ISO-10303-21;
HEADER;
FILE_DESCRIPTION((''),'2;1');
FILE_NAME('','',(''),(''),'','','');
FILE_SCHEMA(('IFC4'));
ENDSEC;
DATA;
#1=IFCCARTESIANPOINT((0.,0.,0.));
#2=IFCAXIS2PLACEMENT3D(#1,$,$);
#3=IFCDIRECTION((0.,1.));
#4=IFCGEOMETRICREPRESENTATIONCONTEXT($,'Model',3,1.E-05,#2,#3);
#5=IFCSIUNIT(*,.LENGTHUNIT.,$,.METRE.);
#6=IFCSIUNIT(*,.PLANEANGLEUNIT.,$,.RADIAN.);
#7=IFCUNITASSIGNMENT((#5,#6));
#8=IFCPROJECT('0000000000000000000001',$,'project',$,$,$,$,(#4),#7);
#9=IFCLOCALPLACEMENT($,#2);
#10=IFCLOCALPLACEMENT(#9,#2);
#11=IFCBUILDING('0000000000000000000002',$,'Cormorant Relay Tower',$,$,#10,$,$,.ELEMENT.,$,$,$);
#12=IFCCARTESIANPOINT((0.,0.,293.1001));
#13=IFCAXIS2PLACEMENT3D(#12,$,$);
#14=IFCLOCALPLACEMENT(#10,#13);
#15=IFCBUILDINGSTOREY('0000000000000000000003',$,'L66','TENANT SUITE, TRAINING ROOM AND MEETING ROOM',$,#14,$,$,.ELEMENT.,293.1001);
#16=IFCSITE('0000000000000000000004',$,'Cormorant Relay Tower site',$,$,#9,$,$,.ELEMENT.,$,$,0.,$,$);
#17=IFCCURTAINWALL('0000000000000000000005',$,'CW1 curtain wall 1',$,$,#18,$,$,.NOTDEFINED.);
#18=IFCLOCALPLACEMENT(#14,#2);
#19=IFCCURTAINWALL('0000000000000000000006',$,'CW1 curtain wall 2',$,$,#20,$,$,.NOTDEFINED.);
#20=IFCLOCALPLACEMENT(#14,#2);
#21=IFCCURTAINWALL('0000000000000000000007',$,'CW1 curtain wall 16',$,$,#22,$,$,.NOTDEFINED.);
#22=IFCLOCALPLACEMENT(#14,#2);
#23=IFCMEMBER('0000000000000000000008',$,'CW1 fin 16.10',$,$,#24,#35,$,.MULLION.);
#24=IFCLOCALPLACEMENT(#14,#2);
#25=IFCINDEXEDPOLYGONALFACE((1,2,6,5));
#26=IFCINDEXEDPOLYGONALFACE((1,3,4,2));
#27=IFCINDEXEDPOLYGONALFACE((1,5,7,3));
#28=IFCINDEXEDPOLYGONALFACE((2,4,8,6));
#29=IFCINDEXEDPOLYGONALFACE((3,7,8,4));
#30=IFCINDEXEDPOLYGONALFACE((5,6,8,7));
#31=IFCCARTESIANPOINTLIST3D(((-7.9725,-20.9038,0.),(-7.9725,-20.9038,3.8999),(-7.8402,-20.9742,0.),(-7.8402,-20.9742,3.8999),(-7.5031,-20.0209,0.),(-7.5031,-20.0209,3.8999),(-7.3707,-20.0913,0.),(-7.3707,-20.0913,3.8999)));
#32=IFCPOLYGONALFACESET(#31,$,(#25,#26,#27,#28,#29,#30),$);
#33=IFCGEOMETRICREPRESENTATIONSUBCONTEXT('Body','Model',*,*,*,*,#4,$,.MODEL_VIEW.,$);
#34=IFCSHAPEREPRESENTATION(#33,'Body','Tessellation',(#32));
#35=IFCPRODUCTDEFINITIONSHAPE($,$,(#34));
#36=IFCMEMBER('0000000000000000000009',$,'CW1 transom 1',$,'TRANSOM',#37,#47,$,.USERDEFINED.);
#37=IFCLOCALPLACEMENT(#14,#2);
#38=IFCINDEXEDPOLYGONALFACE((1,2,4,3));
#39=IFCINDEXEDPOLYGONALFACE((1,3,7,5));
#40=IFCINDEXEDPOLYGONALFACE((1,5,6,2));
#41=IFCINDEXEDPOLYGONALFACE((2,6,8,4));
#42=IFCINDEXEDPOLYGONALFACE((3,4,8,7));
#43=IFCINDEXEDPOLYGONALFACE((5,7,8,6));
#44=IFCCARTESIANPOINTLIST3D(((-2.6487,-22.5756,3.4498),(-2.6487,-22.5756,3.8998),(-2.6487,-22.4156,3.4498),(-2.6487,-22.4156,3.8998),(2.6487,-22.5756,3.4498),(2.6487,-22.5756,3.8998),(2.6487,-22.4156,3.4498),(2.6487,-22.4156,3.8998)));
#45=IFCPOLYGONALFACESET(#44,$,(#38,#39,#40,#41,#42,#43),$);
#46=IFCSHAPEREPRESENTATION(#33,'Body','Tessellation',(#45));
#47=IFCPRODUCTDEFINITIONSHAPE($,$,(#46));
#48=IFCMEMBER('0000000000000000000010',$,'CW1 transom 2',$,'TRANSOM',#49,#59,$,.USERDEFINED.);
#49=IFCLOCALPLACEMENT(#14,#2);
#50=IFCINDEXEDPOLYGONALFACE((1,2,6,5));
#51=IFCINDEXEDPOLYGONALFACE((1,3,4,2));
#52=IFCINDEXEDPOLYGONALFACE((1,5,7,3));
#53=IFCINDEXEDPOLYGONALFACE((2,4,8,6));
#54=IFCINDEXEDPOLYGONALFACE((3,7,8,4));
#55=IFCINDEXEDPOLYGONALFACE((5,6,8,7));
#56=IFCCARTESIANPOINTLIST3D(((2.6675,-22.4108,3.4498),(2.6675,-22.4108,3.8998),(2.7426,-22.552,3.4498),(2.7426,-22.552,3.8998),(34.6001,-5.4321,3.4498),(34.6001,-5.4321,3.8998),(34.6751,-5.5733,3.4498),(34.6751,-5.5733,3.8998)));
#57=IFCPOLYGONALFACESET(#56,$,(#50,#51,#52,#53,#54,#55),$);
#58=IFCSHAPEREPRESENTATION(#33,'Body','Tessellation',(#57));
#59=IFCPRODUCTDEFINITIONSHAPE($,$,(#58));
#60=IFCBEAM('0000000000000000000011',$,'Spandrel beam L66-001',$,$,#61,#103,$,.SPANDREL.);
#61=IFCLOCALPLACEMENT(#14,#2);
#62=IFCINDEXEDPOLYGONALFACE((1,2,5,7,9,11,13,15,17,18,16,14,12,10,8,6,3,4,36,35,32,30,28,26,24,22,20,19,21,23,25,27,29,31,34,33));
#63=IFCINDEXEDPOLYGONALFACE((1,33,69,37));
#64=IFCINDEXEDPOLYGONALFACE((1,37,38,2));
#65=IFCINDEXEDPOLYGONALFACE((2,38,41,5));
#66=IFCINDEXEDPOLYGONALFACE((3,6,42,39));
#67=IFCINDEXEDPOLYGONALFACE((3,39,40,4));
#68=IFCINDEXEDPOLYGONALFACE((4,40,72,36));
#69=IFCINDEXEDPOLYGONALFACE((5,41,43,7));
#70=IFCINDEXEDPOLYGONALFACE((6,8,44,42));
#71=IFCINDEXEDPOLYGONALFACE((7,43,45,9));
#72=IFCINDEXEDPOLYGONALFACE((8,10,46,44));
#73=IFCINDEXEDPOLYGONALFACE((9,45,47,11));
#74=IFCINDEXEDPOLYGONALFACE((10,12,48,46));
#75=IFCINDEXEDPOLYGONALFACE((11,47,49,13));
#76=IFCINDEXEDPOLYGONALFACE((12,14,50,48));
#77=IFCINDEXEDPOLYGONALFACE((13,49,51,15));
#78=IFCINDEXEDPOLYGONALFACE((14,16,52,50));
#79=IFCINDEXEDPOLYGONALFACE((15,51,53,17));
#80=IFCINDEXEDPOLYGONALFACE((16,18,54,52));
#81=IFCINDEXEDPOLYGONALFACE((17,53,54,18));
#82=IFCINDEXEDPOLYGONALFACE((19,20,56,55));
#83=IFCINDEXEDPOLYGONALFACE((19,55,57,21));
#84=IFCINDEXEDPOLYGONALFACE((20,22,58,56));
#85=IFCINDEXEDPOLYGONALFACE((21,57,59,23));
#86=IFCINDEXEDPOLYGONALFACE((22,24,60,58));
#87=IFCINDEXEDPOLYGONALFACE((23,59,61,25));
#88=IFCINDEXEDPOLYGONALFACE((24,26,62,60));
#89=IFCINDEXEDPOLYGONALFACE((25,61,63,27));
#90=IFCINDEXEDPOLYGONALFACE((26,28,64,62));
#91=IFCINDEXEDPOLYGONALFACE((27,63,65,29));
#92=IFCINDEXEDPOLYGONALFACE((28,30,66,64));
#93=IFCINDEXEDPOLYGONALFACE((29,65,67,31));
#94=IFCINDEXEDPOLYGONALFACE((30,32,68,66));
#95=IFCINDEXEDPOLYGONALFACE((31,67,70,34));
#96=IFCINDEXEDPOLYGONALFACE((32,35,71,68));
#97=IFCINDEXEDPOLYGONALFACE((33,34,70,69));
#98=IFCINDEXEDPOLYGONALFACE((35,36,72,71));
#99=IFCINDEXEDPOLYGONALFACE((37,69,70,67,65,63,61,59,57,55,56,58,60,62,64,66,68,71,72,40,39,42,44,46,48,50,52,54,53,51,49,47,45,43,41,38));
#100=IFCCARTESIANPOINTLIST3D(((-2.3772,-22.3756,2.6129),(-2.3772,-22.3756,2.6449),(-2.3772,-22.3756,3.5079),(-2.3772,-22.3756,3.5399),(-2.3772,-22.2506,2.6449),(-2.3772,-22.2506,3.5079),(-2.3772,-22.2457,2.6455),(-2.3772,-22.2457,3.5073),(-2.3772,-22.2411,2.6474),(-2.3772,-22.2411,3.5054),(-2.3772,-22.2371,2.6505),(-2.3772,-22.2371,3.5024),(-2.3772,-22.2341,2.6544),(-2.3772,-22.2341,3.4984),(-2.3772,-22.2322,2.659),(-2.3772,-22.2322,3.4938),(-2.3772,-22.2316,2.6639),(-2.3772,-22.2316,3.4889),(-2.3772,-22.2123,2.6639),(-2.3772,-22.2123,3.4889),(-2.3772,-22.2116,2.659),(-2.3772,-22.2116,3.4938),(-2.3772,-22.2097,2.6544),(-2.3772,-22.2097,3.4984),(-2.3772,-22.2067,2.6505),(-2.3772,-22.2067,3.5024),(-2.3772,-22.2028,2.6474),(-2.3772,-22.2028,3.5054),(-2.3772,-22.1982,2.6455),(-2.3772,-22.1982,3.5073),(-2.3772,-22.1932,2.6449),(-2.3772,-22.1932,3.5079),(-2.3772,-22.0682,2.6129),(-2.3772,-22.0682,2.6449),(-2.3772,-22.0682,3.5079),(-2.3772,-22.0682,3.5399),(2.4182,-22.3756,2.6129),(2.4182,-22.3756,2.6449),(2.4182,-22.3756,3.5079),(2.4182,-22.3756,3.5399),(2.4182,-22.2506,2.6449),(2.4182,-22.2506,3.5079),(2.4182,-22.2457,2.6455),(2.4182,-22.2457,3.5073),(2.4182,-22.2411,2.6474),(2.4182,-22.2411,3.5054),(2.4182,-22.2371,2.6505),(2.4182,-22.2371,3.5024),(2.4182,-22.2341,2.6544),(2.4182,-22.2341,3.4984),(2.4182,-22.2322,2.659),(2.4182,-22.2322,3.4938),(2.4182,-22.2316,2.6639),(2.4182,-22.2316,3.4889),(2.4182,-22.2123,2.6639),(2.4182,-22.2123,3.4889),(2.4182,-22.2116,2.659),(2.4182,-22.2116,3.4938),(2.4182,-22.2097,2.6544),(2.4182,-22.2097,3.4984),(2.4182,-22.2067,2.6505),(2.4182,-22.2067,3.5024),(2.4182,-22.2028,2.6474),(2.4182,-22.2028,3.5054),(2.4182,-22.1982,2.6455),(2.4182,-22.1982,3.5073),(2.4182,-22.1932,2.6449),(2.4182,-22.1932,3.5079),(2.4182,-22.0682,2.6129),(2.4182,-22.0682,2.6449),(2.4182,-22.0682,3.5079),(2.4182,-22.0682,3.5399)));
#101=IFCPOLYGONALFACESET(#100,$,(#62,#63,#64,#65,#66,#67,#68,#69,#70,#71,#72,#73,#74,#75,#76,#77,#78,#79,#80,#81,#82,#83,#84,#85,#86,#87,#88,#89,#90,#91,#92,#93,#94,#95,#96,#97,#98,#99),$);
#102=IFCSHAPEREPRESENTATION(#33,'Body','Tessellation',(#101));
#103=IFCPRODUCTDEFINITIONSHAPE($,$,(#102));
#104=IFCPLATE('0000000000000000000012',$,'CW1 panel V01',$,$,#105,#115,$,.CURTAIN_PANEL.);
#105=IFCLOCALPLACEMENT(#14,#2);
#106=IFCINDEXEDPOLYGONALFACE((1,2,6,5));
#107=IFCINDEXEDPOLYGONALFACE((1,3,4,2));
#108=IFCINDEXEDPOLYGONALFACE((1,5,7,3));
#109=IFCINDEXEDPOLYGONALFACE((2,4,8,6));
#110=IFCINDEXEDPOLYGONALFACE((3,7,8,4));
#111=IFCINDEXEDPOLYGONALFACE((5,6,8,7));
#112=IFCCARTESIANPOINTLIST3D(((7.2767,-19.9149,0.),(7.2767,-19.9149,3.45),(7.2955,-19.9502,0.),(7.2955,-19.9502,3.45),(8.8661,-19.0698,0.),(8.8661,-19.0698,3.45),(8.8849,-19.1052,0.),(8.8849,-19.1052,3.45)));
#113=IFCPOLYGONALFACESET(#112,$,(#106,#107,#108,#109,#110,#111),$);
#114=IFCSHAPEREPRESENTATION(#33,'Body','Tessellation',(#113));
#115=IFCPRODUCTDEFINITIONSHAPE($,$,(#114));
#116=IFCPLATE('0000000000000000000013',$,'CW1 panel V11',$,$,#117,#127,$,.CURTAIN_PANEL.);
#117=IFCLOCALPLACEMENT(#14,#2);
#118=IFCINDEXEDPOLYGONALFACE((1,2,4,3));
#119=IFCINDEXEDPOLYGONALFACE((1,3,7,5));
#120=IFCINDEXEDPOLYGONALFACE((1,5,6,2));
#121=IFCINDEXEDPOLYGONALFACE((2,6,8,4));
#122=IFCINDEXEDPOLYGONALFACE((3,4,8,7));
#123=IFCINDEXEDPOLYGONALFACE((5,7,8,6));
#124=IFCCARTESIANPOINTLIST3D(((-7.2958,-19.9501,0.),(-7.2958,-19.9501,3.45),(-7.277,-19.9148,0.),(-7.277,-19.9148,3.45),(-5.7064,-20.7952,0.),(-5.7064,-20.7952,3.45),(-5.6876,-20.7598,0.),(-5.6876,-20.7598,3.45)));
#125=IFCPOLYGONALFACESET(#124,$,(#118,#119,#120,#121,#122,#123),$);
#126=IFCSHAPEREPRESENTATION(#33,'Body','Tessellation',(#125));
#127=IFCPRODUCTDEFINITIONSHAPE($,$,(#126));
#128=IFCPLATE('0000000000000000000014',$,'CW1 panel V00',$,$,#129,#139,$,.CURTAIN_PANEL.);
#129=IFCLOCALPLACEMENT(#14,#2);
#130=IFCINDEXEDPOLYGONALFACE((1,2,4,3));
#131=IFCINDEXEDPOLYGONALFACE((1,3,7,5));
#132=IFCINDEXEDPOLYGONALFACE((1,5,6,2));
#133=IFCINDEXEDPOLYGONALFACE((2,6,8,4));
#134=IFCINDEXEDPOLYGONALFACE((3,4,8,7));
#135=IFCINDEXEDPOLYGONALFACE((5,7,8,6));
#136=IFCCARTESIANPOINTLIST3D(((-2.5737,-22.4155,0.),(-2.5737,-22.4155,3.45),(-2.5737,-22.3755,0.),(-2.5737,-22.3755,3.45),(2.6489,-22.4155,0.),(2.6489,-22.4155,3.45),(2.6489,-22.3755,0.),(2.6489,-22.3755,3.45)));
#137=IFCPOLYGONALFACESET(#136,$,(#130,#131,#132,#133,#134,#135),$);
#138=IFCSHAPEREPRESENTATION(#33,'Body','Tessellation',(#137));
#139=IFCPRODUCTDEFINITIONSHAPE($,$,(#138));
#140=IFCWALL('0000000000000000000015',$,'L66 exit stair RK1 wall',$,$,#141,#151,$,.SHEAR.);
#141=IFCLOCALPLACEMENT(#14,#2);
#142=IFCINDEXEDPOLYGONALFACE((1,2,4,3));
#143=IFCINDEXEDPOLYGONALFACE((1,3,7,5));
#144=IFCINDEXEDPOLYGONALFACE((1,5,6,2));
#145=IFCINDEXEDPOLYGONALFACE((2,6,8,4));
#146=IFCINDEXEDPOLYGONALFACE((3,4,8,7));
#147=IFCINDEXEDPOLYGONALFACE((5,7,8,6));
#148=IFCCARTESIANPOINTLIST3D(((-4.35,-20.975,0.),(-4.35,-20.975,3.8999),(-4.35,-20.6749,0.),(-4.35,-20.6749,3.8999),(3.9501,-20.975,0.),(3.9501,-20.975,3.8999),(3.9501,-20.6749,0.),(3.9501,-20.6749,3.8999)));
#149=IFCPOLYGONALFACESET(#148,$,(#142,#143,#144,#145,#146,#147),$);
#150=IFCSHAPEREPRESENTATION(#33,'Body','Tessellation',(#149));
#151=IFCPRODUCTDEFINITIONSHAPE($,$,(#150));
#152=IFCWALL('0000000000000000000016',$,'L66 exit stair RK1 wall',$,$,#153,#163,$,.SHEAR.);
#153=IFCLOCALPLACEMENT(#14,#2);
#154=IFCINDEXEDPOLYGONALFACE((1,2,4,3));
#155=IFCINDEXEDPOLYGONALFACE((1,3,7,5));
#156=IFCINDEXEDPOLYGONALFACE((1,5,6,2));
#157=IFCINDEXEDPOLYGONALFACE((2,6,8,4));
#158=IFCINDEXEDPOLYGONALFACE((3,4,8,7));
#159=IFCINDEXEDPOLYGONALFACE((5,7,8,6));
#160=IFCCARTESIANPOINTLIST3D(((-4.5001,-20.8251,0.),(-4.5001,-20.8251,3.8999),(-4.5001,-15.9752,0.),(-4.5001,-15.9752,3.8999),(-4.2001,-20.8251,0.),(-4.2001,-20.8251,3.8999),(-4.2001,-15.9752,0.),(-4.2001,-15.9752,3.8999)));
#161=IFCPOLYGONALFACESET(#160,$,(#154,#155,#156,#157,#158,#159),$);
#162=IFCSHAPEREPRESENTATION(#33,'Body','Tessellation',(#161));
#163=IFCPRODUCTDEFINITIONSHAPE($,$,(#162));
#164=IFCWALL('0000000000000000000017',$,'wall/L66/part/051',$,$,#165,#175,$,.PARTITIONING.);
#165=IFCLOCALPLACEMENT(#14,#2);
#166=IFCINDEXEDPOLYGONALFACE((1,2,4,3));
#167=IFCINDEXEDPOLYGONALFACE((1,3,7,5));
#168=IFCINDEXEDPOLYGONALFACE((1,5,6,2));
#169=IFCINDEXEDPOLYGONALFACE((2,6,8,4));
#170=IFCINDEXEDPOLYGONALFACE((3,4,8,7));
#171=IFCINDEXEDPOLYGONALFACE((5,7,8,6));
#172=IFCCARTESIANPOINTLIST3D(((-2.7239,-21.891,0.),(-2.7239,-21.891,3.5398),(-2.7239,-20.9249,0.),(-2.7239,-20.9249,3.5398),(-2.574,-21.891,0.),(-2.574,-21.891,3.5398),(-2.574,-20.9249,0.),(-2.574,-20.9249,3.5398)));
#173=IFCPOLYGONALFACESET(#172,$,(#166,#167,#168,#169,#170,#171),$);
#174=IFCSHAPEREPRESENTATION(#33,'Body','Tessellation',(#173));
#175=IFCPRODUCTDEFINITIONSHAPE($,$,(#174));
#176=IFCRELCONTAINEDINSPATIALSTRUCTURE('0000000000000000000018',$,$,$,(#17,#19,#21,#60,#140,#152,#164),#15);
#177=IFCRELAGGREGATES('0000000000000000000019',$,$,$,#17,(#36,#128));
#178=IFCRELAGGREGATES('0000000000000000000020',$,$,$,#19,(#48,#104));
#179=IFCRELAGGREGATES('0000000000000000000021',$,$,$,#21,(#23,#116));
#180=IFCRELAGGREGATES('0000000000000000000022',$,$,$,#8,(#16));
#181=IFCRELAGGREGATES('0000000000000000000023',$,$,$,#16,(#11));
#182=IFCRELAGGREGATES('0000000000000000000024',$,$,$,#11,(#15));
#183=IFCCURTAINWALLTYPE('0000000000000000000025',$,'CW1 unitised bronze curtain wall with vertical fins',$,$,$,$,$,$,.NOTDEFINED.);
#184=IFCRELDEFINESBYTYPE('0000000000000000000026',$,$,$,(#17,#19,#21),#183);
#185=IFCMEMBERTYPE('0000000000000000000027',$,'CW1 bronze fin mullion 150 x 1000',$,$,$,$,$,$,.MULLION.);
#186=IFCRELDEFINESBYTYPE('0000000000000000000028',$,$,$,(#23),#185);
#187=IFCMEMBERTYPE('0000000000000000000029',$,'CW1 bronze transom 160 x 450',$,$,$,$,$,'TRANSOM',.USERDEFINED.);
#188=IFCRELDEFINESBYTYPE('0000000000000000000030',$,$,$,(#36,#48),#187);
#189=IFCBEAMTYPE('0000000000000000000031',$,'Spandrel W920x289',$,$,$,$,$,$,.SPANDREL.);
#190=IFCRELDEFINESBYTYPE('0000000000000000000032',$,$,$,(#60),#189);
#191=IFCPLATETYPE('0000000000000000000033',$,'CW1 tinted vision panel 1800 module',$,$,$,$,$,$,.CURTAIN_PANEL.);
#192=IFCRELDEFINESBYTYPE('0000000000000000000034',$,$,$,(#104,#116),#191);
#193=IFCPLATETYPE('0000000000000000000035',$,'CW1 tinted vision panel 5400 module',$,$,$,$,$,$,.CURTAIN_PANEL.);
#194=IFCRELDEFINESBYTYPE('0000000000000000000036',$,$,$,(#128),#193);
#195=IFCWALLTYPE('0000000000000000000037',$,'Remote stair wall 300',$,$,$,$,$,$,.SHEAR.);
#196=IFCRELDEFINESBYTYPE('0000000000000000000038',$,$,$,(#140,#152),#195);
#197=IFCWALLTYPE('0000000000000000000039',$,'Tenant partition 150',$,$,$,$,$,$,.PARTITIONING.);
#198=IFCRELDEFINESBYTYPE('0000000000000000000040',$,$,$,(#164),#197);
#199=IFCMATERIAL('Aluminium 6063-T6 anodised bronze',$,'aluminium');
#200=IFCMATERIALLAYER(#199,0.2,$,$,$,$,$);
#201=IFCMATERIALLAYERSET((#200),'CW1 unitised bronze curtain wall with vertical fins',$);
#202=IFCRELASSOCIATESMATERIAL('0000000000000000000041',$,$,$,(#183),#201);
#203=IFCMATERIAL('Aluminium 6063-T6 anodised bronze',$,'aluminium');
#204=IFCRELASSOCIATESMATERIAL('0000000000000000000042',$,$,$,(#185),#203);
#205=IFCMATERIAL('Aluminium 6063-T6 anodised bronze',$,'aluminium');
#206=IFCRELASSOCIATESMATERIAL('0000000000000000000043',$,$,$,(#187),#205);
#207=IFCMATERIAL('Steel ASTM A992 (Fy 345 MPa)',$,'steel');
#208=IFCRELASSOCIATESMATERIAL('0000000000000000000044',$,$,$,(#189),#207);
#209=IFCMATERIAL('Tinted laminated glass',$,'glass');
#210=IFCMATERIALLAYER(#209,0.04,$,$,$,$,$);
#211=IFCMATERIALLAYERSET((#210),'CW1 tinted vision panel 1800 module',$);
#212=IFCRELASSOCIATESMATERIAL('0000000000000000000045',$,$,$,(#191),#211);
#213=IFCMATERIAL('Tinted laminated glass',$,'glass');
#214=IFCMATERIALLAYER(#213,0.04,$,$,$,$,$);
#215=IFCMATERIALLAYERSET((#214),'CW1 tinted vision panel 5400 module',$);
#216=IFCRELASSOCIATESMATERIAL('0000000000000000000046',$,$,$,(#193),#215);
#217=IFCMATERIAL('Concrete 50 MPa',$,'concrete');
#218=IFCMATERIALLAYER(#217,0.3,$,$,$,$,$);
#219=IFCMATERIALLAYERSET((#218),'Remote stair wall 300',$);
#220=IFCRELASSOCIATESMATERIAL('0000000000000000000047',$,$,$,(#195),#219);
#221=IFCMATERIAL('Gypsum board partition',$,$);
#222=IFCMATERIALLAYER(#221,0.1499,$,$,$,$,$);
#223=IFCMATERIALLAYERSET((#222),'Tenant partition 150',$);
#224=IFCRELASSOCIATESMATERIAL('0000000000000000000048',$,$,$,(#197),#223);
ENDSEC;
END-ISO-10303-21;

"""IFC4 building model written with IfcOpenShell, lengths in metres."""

from ifc_helpers import new_model, si_unit, direction, frame, frame_2d, origin, origin_2d, place, context, subcontext, project, spatial, rectangle, i_section, extrude, material, layer, layer_set, material_profile, profile_set, type_object, element, aggregate, save


model = new_model("IFC4")

# Units and contexts
model_context = context("Model", 3, precision=1e-05, world=origin(), true_north=direction((0.0, 1.0)))
body_context = subcontext(model_context, "Body", "Model", "MODEL_VIEW")
ifc_project = project(units=[si_unit("LENGTHUNIT", "METRE"), si_unit("PLANEANGLEUNIT", "RADIAN")], contexts=[model_context])

# Site, building, storey
site_placement = place(None, origin())
site = spatial("IfcSite", under=ifc_project, at=site_placement, Name="Cormorant Relay Tower site", CompositionType="ELEMENT", RefElevation=0.0)
building_placement = place(site_placement, origin())
building = spatial("IfcBuilding", under=site, at=building_placement, Name="Cormorant Relay Tower", CompositionType="ELEMENT")
storey_placement = place(building_placement, frame((0.0, 0.0, 293.1001)))
storey = spatial("IfcBuildingStorey", under=building, at=storey_placement, Name="L66", Description="TENANT SUITE, TRAINING ROOM AND MEETING ROOM", CompositionType="ELEMENT", Elevation=293.1001)

# Curtain wall
ifc_material_1 = material(Name="Aluminium 6063-T6 anodised bronze", Category="aluminium")
ifc_layer_1 = layer(ifc_material_1, 0.2)
ifc_layer_set_1 = layer_set([ifc_layer_1], Name="CW1 unitised bronze curtain wall with vertical fins")
curtain_wall_type = type_object("IfcCurtainWallType", Name="CW1 unitised bronze curtain wall with vertical fins", PredefinedType="NOTDEFINED", material=ifc_layer_set_1)
curtain_wall_1_placement = place(storey_placement, origin())
curtain_wall_1 = element("IfcCurtainWall", 1, at=curtain_wall_1_placement, inside=storey, type_object=curtain_wall_type, Name="CW1 curtain wall 1", PredefinedType="NOTDEFINED")
ifc_material_2 = material(Name="Aluminium 6063-T6 anodised bronze", Category="aluminium")
ifc_material_profile_1 = material_profile(ifc_material_2, rectangle(XDim=0.1499, YDim=1.0, at=origin_2d()), Name="AL 150x1000")
ifc_profile_set_1 = profile_set([ifc_material_profile_1], Name="Aluminium 6063-T6 anodised bronze")
member_type_1 = type_object("IfcMemberType", Name="CW1 bronze fin mullion 150 x 1000", PredefinedType="MULLION", material=ifc_profile_set_1)

# Curtain wall
curtain_wall_2_placement = place(storey_placement, origin())
curtain_wall_2 = element("IfcCurtainWall", 2, at=curtain_wall_2_placement, inside=storey, type_object=curtain_wall_type, Name="CW1 curtain wall 2", PredefinedType="NOTDEFINED")

# Curtain wall, member
curtain_wall_3_placement = place(storey_placement, origin())
curtain_wall_3 = element("IfcCurtainWall", 3, at=curtain_wall_3_placement, inside=storey, type_object=curtain_wall_type, Name="CW1 curtain wall 16", PredefinedType="NOTDEFINED")
member_1_placement = place(storey_placement, frame((-7.6716, -20.4976, 0.0), z_axis=(0.0, 0.0, 1.0), x_axis=(0.882948, -0.469472, 0.0)))
member_1 = element("IfcMember", 4, at=member_1_placement, type_object=member_type_1, Name="CW1 fin 16.10", PredefinedType="MULLION", context=body_context, shape_type="SweptSolid", body=[
    extrude(rectangle(XDim=0.1499, YDim=1.0, at=origin_2d()), origin(), (0.0, 0.0, 1.0), 3.8999),
])

# Members
ifc_material_3 = material(Name="Aluminium 6063-T6 anodised bronze", Category="aluminium")
ifc_material_profile_2 = material_profile(ifc_material_3, rectangle(XDim=0.1599, YDim=0.45, at=origin_2d()), Name="AL 160x450")
ifc_profile_set_2 = profile_set([ifc_material_profile_2], Name="Aluminium 6063-T6 anodised bronze")
member_type_2 = type_object("IfcMemberType", Name="CW1 bronze transom 160 x 450", ElementType="TRANSOM", PredefinedType="USERDEFINED", material=ifc_profile_set_2)
member_2_placement = place(storey_placement, frame((-2.6487, -22.4956, 3.6748), z_axis=(1.0, 0.0, 0.0), x_axis=(0.0, 1.0, 0.0)))
member_2 = element("IfcMember", 5, at=member_2_placement, type_object=member_type_2, Name="CW1 transom 1", ObjectType="TRANSOM", PredefinedType="USERDEFINED", context=body_context, shape_type="SweptSolid", body=[
    extrude(rectangle(XDim=0.1599, YDim=0.45, at=origin_2d()), origin(), (0.0, 0.0, 1.0), 5.2974),
])
member_3_placement = place(storey_placement, frame((2.7051, -22.4814, 3.6748), z_axis=(0.882949, 0.469469, 0.0), x_axis=(-0.469469, 0.882949, 0.0)))
member_3 = element("IfcMember", 6, at=member_3_placement, type_object=member_type_2, Name="CW1 transom 2", ObjectType="TRANSOM", PredefinedType="USERDEFINED", context=body_context, shape_type="SweptSolid", body=[
    extrude(rectangle(XDim=0.1599, YDim=0.45, at=origin_2d()), origin(), (0.0, 0.0, 1.0), 36.1658),
])

# Beam
ifc_material_4 = material(Name="Steel ASTM A992 (Fy 345 MPa)", Category="steel")
ifc_material_profile_3 = material_profile(ifc_material_4, i_section(OverallWidth=0.3074, OverallDepth=0.927, WebThickness=0.0193, FlangeThickness=0.032, FilletRadius=0.019, at=origin_2d()), Name="W920x289")
ifc_profile_set_3 = profile_set([ifc_material_profile_3], Name="Steel ASTM A992 (Fy 345 MPa)")
beam_type = type_object("IfcBeamType", Name="Spandrel W920x289", PredefinedType="SPANDREL", material=ifc_profile_set_3)
beam_placement = place(storey_placement, frame((-2.3772, -22.2219, 3.0764), z_axis=(1.0, 0.0, 0.0), x_axis=(0.0, 1.0, 0.0)))
element("IfcBeam", 7, at=beam_placement, inside=storey, type_object=beam_type, Name="Spandrel beam L66-001", PredefinedType="SPANDREL", context=body_context, shape_type="SweptSolid", body=[
    extrude(i_section(OverallWidth=0.3074, OverallDepth=0.927, WebThickness=0.0193, FlangeThickness=0.032, FilletRadius=0.019, at=origin_2d()), origin(), (0.0, 0.0, 1.0), 4.7954),
])

# Plates
ifc_material_5 = material(Name="Tinted laminated glass", Category="glass")
ifc_layer_2 = layer(ifc_material_5, 0.04)
ifc_layer_set_2 = layer_set([ifc_layer_2], Name="CW1 tinted vision panel 1800 module")
plate_type_1 = type_object("IfcPlateType", Name="CW1 tinted vision panel 1800 module", PredefinedType="CURTAIN_PANEL", material=ifc_layer_set_2)
plate_1_placement = place(storey_placement, frame((8.0808, -19.51, 0.0), z_axis=(0.0, 0.0, 1.0), x_axis=(0.882948, 0.469472, 0.0)))
plate_1 = element("IfcPlate", 8, at=plate_1_placement, type_object=plate_type_1, Name="CW1 panel V01", PredefinedType="CURTAIN_PANEL", context=body_context, shape_type="SweptSolid", body=[
    extrude(rectangle(XDim=1.8, YDim=0.04, at=origin_2d()), origin(), (0.0, 0.0, 1.0), 3.45),
])
plate_2_placement = place(storey_placement, frame((-6.4917, -20.355, 0.0), z_axis=(0.0, 0.0, 1.0), x_axis=(0.882948, -0.469472, 0.0)))
plate_2 = element("IfcPlate", 9, at=plate_2_placement, type_object=plate_type_1, Name="CW1 panel V11", PredefinedType="CURTAIN_PANEL", context=body_context, shape_type="SweptSolid", body=[
    extrude(rectangle(XDim=1.8, YDim=0.04, at=origin_2d()), origin(), (0.0, 0.0, 1.0), 3.45),
])
ifc_material_6 = material(Name="Tinted laminated glass", Category="glass")
ifc_layer_3 = layer(ifc_material_6, 0.04)
ifc_layer_set_3 = layer_set([ifc_layer_3], Name="CW1 tinted vision panel 5400 module")
plate_type_2 = type_object("IfcPlateType", Name="CW1 tinted vision panel 5400 module", PredefinedType="CURTAIN_PANEL", material=ifc_layer_set_3)
plate_3_placement = place(storey_placement, frame((0.0376, -22.3955, 0.0), z_axis=(0.0, 0.0, 1.0), x_axis=(1.0, 0.0, 0.0)))
plate_3 = element("IfcPlate", 10, at=plate_3_placement, type_object=plate_type_2, Name="CW1 panel V00", PredefinedType="CURTAIN_PANEL", context=body_context, shape_type="SweptSolid", body=[
    extrude(rectangle(XDim=5.2227, YDim=0.04, at=origin_2d()), origin(), (0.0, 0.0, 1.0), 3.45),
])
aggregate(curtain_wall_1, [member_2, plate_3])

# Walls
ifc_material_7 = material(Name="Concrete 50 MPa", Category="concrete")
ifc_layer_4 = layer(ifc_material_7, 0.3)
ifc_layer_set_4 = layer_set([ifc_layer_4], Name="Remote stair wall 300")
wall_type_1 = type_object("IfcWallType", Name="Remote stair wall 300", PredefinedType="SHEAR", material=ifc_layer_set_4)
wall_1_placement = place(storey_placement, frame((3.95, -20.825, 0.0), z_axis=(0.0, 0.0, 1.0), x_axis=(-1.0, 0.0, 0.0)))
element("IfcWall", 11, at=wall_1_placement, inside=storey, type_object=wall_type_1, Name="L66 exit stair RK1 wall", PredefinedType="SHEAR", context=body_context, shape_type="SweptSolid", body=[
    extrude(rectangle(XDim=8.3, YDim=0.3, at=frame_2d((4.1499, 0.0))), origin(), (0.0, 0.0, 1.0), 3.8999),
])
wall_2_placement = place(storey_placement, frame((-4.3501, -20.825, 0.0), z_axis=(0.0, 0.0, 1.0), x_axis=(0.0, 1.0, 0.0)))
element("IfcWall", 12, at=wall_2_placement, inside=storey, type_object=wall_type_1, Name="L66 exit stair RK1 wall", PredefinedType="SHEAR", context=body_context, shape_type="SweptSolid", body=[
    extrude(rectangle(XDim=4.8499, YDim=0.3, at=frame_2d((2.4248, 0.0))), origin(), (0.0, 0.0, 1.0), 3.8999),
])
ifc_material_8 = material(Name="Gypsum board partition")
ifc_layer_5 = layer(ifc_material_8, 0.1499)
ifc_layer_set_5 = layer_set([ifc_layer_5], Name="Tenant partition 150")
wall_type_2 = type_object("IfcWallType", Name="Tenant partition 150", PredefinedType="PARTITIONING", material=ifc_layer_set_5)
wall_3_placement = place(storey_placement, frame((-2.6489, -20.925, 0.0), z_axis=(0.0, 0.0, 1.0), x_axis=(0.0, -1.0, 0.0)))
element("IfcWall", 13, at=wall_3_placement, inside=storey, type_object=wall_type_2, Name="wall/L66/part/051", PredefinedType="PARTITIONING", context=body_context, shape_type="SweptSolid", body=[
    extrude(rectangle(XDim=0.9661, YDim=0.1499, at=frame_2d((0.4829, 0.0))), origin(), (0.0, 0.0, 1.0), 3.5398),
])

aggregate(curtain_wall_2, [member_3, plate_1])
aggregate(curtain_wall_3, [member_1, plate_2])

save(model, "model.ifc")
